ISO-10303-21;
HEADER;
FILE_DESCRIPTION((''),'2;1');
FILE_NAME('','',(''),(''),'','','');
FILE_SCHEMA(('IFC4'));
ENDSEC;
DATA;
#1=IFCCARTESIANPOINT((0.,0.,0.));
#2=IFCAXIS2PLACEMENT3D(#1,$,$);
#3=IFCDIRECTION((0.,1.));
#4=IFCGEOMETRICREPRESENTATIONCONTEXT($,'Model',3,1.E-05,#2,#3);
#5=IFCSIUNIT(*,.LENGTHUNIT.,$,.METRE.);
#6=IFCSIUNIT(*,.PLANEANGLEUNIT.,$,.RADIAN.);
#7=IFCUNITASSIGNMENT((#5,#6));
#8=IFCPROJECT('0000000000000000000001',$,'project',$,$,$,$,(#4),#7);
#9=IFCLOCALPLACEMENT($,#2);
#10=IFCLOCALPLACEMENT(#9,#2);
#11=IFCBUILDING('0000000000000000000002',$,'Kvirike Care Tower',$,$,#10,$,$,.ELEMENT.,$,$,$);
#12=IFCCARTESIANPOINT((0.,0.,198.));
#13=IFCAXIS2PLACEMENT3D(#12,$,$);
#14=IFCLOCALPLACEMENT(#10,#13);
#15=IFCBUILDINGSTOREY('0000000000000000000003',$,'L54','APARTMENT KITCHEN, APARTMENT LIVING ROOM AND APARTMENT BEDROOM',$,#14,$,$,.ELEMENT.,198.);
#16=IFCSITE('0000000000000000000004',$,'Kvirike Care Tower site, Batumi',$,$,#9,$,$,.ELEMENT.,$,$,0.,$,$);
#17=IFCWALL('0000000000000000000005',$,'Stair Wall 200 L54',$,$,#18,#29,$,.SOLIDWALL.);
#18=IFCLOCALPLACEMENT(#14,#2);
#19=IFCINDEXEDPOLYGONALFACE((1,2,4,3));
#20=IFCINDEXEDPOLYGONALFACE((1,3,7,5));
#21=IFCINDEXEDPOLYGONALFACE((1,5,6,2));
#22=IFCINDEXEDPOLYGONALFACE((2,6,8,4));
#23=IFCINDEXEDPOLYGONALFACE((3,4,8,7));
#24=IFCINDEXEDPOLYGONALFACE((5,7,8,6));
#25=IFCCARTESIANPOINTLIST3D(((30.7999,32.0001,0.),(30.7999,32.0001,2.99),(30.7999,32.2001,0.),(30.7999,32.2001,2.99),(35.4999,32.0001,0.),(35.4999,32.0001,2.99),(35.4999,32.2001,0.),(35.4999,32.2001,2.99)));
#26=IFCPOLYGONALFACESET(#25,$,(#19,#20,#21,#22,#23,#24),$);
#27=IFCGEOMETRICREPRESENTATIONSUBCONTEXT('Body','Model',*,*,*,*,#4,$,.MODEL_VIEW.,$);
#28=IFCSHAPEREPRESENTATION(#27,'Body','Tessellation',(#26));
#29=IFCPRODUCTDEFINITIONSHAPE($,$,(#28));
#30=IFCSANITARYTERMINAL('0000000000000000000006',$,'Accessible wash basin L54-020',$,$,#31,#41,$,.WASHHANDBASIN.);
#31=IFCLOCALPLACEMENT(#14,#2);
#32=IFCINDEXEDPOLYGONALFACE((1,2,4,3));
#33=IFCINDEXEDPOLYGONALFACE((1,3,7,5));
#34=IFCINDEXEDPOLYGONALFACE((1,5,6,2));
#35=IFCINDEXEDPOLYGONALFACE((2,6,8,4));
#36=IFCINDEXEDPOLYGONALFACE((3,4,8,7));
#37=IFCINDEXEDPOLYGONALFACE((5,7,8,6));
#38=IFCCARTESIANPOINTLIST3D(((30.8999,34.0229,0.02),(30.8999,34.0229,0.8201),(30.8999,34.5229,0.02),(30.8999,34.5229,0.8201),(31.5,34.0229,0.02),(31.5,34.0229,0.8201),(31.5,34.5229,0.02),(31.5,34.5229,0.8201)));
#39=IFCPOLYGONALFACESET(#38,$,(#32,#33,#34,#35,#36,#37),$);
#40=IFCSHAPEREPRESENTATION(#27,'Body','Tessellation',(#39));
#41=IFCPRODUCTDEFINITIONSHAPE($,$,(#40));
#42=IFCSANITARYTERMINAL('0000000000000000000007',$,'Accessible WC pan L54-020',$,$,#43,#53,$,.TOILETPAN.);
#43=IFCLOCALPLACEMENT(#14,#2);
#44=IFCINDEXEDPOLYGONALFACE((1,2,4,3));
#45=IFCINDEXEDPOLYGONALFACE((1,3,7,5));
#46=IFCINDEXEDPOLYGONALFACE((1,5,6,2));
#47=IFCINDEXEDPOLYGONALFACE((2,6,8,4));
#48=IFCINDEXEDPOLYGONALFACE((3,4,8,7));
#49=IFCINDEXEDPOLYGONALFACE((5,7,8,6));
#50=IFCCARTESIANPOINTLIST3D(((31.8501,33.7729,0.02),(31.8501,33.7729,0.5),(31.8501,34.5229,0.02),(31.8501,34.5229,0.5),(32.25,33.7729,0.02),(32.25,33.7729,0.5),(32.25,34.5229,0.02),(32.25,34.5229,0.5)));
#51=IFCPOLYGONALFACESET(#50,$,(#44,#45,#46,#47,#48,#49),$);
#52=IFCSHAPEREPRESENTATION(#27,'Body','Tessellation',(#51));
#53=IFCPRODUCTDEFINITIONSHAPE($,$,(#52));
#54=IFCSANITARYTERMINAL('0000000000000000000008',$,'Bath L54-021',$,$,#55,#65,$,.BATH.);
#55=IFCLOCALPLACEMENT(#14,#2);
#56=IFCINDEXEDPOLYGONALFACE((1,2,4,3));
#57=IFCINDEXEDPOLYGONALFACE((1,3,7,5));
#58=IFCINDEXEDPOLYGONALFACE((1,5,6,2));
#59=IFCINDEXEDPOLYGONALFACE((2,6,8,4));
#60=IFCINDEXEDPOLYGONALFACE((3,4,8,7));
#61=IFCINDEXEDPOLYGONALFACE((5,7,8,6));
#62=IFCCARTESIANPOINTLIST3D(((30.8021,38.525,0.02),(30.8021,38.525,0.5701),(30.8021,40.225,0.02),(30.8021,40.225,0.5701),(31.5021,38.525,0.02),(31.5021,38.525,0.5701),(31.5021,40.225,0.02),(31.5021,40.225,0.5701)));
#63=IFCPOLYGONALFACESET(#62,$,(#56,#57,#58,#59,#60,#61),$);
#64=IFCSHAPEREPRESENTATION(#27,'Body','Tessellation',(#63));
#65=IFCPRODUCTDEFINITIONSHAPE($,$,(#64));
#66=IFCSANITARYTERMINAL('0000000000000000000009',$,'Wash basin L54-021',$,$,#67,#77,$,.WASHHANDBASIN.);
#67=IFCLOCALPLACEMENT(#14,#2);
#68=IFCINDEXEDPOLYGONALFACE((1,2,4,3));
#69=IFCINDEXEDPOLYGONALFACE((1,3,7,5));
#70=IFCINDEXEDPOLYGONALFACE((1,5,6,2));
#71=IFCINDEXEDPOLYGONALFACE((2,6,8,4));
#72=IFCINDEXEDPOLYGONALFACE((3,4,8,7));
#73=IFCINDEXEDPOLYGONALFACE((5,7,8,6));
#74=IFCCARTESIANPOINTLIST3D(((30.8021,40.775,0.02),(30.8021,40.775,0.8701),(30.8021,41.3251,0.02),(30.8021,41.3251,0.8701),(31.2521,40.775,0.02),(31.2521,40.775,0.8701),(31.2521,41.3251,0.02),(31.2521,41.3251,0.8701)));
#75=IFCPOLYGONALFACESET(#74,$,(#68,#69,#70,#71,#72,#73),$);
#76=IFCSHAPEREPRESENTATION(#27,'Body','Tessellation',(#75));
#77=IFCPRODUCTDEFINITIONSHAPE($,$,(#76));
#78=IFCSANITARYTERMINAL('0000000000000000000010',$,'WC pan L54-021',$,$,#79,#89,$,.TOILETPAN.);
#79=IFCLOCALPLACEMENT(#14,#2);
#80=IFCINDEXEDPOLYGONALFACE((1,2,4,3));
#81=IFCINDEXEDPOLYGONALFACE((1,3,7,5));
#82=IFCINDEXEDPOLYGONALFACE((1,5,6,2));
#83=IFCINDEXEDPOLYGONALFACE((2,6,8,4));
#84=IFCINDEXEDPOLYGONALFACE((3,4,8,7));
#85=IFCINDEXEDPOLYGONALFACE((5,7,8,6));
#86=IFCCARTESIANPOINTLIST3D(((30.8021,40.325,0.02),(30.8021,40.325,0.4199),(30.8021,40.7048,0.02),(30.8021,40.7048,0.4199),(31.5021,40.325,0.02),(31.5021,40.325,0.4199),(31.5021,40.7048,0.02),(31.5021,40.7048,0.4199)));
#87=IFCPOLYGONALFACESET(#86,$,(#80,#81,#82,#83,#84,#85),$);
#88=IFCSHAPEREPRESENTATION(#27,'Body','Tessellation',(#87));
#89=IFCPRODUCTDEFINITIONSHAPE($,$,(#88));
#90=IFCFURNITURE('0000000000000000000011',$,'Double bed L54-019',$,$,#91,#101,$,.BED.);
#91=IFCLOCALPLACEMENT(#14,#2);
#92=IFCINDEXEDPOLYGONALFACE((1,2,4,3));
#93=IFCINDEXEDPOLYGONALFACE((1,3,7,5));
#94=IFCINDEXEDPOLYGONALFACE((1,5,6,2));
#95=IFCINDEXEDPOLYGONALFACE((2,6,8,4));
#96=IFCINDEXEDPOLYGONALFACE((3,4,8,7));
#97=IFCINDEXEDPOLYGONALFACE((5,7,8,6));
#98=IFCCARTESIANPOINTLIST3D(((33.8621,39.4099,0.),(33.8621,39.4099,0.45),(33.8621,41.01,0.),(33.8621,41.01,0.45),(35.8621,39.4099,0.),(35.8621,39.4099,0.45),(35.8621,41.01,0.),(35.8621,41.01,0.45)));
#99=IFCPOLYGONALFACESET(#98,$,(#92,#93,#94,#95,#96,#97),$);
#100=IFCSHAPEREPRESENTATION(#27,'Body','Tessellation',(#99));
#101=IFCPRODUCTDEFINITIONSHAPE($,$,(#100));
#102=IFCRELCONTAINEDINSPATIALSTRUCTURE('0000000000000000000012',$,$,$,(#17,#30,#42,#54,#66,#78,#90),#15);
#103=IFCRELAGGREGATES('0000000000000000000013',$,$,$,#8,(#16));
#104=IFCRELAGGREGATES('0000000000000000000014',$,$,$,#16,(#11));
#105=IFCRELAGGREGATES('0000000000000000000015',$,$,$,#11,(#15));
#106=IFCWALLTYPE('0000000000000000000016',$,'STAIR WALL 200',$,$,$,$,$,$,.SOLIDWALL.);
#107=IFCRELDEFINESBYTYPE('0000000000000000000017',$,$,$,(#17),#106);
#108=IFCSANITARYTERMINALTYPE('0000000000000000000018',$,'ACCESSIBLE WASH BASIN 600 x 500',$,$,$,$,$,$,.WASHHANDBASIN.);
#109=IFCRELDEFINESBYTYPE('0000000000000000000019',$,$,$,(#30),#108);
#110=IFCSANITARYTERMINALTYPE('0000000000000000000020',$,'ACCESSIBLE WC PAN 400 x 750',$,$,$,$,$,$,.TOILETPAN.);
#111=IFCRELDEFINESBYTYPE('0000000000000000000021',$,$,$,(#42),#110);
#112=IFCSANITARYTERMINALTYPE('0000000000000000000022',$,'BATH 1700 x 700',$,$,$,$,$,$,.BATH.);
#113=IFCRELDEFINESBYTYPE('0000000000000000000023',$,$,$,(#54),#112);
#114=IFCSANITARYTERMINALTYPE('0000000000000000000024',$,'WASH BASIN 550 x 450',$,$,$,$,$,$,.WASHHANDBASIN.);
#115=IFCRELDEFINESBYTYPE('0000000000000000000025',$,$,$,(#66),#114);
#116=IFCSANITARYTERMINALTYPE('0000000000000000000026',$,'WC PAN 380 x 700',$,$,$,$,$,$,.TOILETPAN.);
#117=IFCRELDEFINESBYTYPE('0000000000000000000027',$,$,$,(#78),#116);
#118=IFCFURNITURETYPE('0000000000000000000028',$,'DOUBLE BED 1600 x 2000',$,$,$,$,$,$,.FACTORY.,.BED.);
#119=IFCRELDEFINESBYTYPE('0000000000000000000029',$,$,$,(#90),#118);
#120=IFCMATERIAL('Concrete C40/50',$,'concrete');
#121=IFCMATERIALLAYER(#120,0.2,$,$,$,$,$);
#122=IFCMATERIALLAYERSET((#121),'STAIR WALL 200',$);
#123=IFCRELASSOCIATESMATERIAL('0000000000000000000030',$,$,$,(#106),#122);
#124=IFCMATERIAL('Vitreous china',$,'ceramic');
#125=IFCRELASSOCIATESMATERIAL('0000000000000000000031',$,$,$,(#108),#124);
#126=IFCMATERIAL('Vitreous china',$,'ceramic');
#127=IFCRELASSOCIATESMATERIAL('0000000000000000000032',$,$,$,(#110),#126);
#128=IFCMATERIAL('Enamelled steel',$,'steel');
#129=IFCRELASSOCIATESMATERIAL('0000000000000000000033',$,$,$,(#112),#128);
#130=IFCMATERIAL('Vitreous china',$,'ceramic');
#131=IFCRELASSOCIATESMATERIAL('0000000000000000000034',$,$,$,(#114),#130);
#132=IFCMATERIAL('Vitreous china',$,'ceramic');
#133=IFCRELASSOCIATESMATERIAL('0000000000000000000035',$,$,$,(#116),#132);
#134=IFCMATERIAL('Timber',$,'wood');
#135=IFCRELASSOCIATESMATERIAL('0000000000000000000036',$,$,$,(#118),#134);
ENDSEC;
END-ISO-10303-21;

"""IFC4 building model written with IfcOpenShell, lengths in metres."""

from ifc_helpers import new_model, si_unit, direction, frame, frame_2d, origin, origin_2d, place, context, subcontext, project, spatial, rectangle, extrude, material, layer, layer_set, type_object, element, save


model = new_model("IFC4")

# Units and contexts
model_context = context("Model", 3, precision=1e-05, world=origin(), true_north=direction((0.0, 1.0)))
body_context = subcontext(model_context, "Body", "Model", "MODEL_VIEW")
ifc_project = project(units=[si_unit("LENGTHUNIT", "METRE"), si_unit("PLANEANGLEUNIT", "RADIAN")], contexts=[model_context])

# Site, building, storey
site_placement = place(None, origin())
site = spatial("IfcSite", under=ifc_project, at=site_placement, Name="Kvirike Care Tower site, Batumi", CompositionType="ELEMENT", RefElevation=0.0)
building_placement = place(site_placement, origin())
building = spatial("IfcBuilding", under=site, at=building_placement, Name="Kvirike Care Tower", CompositionType="ELEMENT")
storey_placement = place(building_placement, frame((0.0, 0.0, 198.0)))
storey = spatial("IfcBuildingStorey", under=building, at=storey_placement, Name="L54", Description="APARTMENT KITCHEN, APARTMENT LIVING ROOM AND APARTMENT BEDROOM", CompositionType="ELEMENT", Elevation=198.0)

# Wall
ifc_material_1 = material(Name="Concrete C40/50", Category="concrete")
ifc_layer_1 = layer(ifc_material_1, 0.2)
ifc_layer_set_1 = layer_set([ifc_layer_1], Name="STAIR WALL 200")
wall_type_1 = type_object("IfcWallType", Name="STAIR WALL 200", PredefinedType="SOLIDWALL", material=ifc_layer_set_1)
wall_1_placement = place(storey_placement, frame((35.5, 32.1001, 0.0), z_axis=(0.0, 0.0, 1.0), x_axis=(-1.0, 0.0, 0.0)))
element("IfcWall", 1, at=wall_1_placement, inside=storey, type_object=wall_type_1, Name="Stair Wall 200 L54", PredefinedType="SOLIDWALL", context=body_context, shape_type="SweptSolid", body=[
    extrude(rectangle(XDim=4.7, YDim=0.2, at=frame_2d((2.3501, 0.0))), origin(), (0.0, 0.0, 1.0), 2.99),
])

# Sanitary terminals
ifc_material_2 = material(Name="Vitreous china", Category="ceramic")
sanitary_terminal_type_1 = type_object("IfcSanitaryTerminalType", Name="ACCESSIBLE WASH BASIN 600 x 500", PredefinedType="WASHHANDBASIN", material=ifc_material_2)
sanitary_terminal_1_placement = place(storey_placement, frame((31.2, 34.2729, 0.02), z_axis=(0.0, 0.0, 1.0), x_axis=(1.0, 0.0, 0.0)))
element("IfcSanitaryTerminal", 2, at=sanitary_terminal_1_placement, inside=storey, type_object=sanitary_terminal_type_1, Name="Accessible wash basin L54-020", PredefinedType="WASHHANDBASIN", context=body_context, shape_type="SweptSolid", body=[
    extrude(rectangle(XDim=0.6001, YDim=0.5, at=origin_2d()), origin(), (0.0, 0.0, 1.0), 0.8),
])
ifc_material_3 = material(Name="Vitreous china", Category="ceramic")
sanitary_terminal_type_2 = type_object("IfcSanitaryTerminalType", Name="ACCESSIBLE WC PAN 400 x 750", PredefinedType="TOILETPAN", material=ifc_material_3)
sanitary_terminal_2_placement = place(storey_placement, frame((32.05, 34.1479, 0.02), z_axis=(0.0, 0.0, 1.0), x_axis=(1.0, 0.0, 0.0)))
element("IfcSanitaryTerminal", 3, at=sanitary_terminal_2_placement, inside=storey, type_object=sanitary_terminal_type_2, Name="Accessible WC pan L54-020", PredefinedType="TOILETPAN", context=body_context, shape_type="SweptSolid", body=[
    extrude(rectangle(XDim=0.3999, YDim=0.75, at=origin_2d()), origin(), (0.0, 0.0, 1.0), 0.48),
])
ifc_material_4 = material(Name="Enamelled steel", Category="steel")
sanitary_terminal_type_3 = type_object("IfcSanitaryTerminalType", Name="BATH 1700 x 700", PredefinedType="BATH", material=ifc_material_4)
sanitary_terminal_3_placement = place(storey_placement, frame((31.1521, 39.375, 0.02), z_axis=(0.0, 0.0, 1.0), x_axis=(0.0, 1.0, 0.0)))
element("IfcSanitaryTerminal", 4, at=sanitary_terminal_3_placement, inside=storey, type_object=sanitary_terminal_type_3, Name="Bath L54-021", PredefinedType="BATH", context=body_context, shape_type="SweptSolid", body=[
    extrude(rectangle(XDim=1.7, YDim=0.7, at=origin_2d()), origin(), (0.0, 0.0, 1.0), 0.55),
])
ifc_material_5 = material(Name="Vitreous china", Category="ceramic")
sanitary_terminal_type_4 = type_object("IfcSanitaryTerminalType", Name="WASH BASIN 550 x 450", PredefinedType="WASHHANDBASIN", material=ifc_material_5)
sanitary_terminal_4_placement = place(storey_placement, frame((31.0271, 41.05, 0.02), z_axis=(0.0, 0.0, 1.0), x_axis=(0.0, 1.0, 0.0)))
element("IfcSanitaryTerminal", 5, at=sanitary_terminal_4_placement, inside=storey, type_object=sanitary_terminal_type_4, Name="Wash basin L54-021", PredefinedType="WASHHANDBASIN", context=body_context, shape_type="SweptSolid", body=[
    extrude(rectangle(XDim=0.55, YDim=0.45, at=origin_2d()), origin(), (0.0, 0.0, 1.0), 0.8501),
])
ifc_material_6 = material(Name="Vitreous china", Category="ceramic")
sanitary_terminal_type_5 = type_object("IfcSanitaryTerminalType", Name="WC PAN 380 x 700", PredefinedType="TOILETPAN", material=ifc_material_6)
sanitary_terminal_5_placement = place(storey_placement, frame((31.1521, 40.5149, 0.02), z_axis=(0.0, 0.0, 1.0), x_axis=(0.0, 1.0, 0.0)))
element("IfcSanitaryTerminal", 6, at=sanitary_terminal_5_placement, inside=storey, type_object=sanitary_terminal_type_5, Name="WC pan L54-021", PredefinedType="TOILETPAN", context=body_context, shape_type="SweptSolid", body=[
    extrude(rectangle(XDim=0.3799, YDim=0.7, at=origin_2d()), origin(), (0.0, 0.0, 1.0), 0.3999),
])

# Furniture
ifc_material_7 = material(Name="Timber", Category="wood")
furniture_type = type_object("IfcFurnitureType", Name="DOUBLE BED 1600 x 2000", AssemblyPlace="FACTORY", PredefinedType="BED", material=ifc_material_7)
furniture_placement = place(storey_placement, frame((34.8621, 40.21, 0.0), z_axis=(0.0, 0.0, 1.0), x_axis=(0.0, 1.0, 0.0)))
element("IfcFurniture", 7, at=furniture_placement, inside=storey, type_object=furniture_type, Name="Double bed L54-019", PredefinedType="BED", context=body_context, shape_type="SweptSolid", body=[
    extrude(rectangle(XDim=1.6001, YDim=2.0, at=origin_2d()), origin(), (0.0, 0.0, 1.0), 0.45),
])

save(model, "model.ifc")
